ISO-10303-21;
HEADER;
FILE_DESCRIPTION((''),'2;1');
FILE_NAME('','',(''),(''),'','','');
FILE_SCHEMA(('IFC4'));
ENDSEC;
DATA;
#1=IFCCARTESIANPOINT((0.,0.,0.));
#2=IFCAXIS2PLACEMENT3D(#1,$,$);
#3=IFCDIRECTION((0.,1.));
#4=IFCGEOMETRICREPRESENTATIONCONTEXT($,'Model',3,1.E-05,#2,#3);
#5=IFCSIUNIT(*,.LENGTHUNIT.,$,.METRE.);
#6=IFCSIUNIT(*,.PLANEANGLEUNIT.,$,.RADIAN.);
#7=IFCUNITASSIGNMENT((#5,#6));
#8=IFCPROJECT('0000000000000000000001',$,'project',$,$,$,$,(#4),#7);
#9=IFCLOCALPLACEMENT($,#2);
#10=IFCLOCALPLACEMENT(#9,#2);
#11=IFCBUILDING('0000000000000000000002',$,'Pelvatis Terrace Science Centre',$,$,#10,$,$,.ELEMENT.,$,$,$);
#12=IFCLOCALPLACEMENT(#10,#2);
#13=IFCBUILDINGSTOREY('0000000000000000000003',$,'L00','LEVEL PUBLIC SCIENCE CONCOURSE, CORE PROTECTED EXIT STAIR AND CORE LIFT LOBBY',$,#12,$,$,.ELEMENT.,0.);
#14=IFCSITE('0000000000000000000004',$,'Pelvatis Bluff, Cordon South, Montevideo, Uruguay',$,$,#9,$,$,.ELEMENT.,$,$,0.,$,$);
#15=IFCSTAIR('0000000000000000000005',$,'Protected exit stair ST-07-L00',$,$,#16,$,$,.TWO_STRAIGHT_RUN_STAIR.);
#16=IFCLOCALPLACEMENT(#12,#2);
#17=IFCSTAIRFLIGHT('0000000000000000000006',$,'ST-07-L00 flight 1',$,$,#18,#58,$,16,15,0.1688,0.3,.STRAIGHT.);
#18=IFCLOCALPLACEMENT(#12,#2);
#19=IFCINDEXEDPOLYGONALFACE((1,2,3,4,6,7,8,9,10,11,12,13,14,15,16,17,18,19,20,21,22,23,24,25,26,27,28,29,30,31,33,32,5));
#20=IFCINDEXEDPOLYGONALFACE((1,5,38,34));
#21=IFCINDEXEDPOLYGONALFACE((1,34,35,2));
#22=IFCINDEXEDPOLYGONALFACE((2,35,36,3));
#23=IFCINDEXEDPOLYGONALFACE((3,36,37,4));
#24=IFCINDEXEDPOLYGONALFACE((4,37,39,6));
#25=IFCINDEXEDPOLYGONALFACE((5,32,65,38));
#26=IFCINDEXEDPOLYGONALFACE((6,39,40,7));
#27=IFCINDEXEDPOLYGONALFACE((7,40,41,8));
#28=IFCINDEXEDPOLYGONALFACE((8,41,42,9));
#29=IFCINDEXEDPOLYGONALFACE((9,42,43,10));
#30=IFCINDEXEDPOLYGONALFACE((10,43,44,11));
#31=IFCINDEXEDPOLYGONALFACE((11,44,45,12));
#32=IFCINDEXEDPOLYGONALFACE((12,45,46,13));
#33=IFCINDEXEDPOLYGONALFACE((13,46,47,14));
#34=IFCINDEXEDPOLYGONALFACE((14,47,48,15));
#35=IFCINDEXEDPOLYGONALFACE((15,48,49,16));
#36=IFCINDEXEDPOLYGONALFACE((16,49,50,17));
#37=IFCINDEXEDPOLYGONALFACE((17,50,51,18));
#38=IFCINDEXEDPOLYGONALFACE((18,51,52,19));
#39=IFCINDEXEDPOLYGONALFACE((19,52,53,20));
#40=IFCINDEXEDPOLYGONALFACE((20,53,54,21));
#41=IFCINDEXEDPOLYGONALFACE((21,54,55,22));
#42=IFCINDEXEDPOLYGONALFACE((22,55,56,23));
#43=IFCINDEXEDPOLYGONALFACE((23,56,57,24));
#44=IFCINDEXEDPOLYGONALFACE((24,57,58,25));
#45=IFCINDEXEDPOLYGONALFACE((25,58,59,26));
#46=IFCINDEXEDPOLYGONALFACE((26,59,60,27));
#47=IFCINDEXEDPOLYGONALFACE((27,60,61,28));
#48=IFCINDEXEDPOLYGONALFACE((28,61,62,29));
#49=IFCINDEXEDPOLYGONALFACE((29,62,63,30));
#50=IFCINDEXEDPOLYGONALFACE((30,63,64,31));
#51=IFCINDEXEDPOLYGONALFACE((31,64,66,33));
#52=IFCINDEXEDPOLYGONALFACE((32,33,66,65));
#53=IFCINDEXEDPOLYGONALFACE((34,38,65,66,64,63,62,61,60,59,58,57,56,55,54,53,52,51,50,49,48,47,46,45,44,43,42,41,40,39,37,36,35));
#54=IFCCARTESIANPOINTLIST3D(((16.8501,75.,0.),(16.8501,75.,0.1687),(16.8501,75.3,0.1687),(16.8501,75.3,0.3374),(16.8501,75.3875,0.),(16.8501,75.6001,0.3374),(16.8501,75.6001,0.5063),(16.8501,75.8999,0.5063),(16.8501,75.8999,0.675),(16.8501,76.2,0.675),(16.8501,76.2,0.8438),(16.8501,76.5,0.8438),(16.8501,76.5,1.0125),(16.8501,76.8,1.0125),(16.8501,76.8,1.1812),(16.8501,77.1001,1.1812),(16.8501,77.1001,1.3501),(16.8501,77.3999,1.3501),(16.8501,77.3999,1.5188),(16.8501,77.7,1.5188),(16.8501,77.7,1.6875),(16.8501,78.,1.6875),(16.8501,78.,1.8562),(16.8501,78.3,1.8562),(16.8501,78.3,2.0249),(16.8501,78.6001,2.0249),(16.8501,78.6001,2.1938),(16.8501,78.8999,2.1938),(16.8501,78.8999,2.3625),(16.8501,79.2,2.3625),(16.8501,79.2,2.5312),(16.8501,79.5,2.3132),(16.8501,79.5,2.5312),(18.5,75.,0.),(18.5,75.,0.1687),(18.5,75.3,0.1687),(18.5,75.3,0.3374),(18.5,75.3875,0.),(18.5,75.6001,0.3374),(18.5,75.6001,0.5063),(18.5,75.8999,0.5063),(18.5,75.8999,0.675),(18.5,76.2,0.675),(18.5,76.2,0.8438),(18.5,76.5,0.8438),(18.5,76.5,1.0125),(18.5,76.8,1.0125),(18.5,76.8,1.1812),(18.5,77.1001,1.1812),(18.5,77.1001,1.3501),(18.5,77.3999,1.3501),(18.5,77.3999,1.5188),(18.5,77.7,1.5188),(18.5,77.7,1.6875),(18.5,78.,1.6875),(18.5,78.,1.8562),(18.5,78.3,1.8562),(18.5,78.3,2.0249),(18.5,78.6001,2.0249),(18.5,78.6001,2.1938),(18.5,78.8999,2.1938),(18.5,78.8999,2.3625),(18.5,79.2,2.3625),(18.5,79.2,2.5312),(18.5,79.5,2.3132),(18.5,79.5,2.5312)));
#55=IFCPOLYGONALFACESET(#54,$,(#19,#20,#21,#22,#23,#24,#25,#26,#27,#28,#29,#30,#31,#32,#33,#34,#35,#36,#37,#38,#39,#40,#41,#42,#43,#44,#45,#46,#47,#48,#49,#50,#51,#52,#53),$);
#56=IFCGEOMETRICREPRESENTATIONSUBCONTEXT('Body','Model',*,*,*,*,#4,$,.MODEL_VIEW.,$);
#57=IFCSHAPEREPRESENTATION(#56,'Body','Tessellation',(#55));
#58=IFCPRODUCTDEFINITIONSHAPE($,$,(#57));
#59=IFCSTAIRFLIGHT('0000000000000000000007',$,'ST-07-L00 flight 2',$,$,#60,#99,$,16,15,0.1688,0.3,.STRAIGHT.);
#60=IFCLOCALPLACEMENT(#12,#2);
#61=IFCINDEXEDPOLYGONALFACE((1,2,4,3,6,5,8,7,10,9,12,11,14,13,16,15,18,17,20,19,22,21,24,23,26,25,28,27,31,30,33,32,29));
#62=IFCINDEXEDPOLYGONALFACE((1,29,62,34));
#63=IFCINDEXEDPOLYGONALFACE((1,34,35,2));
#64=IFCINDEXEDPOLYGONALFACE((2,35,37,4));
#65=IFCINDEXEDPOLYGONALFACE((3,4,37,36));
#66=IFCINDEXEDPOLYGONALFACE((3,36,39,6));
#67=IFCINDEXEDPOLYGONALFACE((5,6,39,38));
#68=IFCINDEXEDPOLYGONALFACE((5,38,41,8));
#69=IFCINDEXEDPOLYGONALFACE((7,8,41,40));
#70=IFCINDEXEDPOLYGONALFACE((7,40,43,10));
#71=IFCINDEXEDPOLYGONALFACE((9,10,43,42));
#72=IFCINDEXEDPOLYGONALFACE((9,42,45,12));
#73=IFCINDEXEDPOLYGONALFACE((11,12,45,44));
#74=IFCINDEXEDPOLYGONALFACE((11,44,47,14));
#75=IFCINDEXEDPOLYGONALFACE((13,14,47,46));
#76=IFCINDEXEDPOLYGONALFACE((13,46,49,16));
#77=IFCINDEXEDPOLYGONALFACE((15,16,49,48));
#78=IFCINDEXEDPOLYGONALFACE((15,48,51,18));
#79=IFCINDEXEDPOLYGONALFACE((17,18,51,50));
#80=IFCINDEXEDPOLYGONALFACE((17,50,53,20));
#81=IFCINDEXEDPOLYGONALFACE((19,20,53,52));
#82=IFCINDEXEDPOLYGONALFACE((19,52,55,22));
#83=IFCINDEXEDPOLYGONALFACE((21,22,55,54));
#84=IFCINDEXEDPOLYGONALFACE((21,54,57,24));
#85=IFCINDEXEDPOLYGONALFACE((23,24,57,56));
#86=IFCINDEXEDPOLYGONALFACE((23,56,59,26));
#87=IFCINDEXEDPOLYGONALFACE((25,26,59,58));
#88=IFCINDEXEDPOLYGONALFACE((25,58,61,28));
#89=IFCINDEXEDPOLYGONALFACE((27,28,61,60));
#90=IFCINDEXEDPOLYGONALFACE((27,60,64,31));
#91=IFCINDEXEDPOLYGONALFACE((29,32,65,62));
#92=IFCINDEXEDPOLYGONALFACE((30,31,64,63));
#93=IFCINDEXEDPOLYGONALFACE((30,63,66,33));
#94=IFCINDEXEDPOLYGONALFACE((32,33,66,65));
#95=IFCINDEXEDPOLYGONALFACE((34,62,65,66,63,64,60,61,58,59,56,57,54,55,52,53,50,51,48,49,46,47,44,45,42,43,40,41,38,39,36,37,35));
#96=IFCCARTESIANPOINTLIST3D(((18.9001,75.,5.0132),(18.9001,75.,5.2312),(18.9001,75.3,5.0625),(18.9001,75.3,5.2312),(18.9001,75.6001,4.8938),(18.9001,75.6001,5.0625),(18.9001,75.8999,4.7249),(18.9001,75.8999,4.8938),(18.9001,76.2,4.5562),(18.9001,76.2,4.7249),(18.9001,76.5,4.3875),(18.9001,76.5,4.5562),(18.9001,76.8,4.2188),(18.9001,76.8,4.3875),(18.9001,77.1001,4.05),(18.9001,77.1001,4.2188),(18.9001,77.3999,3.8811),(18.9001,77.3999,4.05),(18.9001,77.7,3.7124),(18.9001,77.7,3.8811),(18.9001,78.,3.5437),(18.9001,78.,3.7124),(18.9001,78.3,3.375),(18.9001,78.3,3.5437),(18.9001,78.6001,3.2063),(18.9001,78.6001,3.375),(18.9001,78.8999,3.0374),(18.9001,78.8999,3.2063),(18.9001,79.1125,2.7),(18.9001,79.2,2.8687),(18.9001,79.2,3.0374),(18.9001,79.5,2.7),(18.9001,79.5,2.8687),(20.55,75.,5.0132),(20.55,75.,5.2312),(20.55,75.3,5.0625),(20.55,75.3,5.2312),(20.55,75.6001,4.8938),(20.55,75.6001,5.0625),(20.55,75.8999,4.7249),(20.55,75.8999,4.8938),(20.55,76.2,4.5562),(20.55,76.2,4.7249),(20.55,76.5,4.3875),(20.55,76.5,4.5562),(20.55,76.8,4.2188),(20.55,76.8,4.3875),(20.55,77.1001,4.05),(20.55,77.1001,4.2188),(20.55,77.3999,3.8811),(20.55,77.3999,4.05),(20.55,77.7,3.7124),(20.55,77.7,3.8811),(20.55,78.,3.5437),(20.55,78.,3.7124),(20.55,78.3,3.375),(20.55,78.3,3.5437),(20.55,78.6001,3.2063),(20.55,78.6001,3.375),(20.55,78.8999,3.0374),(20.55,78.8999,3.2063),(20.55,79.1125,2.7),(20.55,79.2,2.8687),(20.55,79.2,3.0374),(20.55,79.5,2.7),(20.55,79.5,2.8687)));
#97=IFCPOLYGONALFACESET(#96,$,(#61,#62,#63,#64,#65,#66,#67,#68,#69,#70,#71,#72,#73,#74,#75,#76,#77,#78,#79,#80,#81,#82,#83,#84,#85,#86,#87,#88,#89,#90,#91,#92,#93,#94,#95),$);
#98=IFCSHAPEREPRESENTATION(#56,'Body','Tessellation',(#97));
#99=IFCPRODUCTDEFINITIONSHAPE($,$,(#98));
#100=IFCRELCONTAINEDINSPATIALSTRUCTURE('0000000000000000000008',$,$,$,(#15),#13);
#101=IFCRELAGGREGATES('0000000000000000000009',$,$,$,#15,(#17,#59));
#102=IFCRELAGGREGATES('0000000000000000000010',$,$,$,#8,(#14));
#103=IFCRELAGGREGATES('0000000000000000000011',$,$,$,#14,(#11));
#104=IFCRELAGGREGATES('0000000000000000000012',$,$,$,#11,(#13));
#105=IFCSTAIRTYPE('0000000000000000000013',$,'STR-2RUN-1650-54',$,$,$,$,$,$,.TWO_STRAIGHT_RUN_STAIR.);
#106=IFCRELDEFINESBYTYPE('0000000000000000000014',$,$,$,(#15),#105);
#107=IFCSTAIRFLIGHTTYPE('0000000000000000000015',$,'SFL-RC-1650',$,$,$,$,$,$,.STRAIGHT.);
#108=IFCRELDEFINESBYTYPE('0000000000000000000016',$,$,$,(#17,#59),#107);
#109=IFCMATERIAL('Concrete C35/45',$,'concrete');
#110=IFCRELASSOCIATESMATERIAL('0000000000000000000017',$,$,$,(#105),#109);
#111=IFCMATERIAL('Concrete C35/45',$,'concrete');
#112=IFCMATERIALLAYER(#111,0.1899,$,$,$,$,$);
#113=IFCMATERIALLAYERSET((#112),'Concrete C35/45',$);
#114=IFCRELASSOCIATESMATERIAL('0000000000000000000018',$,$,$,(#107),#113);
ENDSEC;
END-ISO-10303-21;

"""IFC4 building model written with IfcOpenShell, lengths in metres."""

from ifc_helpers import new_model, si_unit, direction, frame, origin, place, context, subcontext, project, spatial, polyline, outline, extrude, material, layer, layer_set, type_object, element, aggregate, save


model = new_model("IFC4")

# Units and contexts
model_context = context("Model", 3, precision=1e-05, world=origin(), true_north=direction((0.0, 1.0)))
body_context = subcontext(model_context, "Body", "Model", "MODEL_VIEW")
ifc_project = project(units=[si_unit("LENGTHUNIT", "METRE"), si_unit("PLANEANGLEUNIT", "RADIAN")], contexts=[model_context])

# Site, building, storey
site_placement = place(None, origin())
site = spatial("IfcSite", under=ifc_project, at=site_placement, Name="Pelvatis Bluff, Cordon South, Montevideo, Uruguay", CompositionType="ELEMENT", RefElevation=0.0)
building_placement = place(site_placement, origin())
building = spatial("IfcBuilding", under=site, at=building_placement, Name="Pelvatis Terrace Science Centre", CompositionType="ELEMENT")
storey_placement = place(building_placement, origin())
storey = spatial("IfcBuildingStorey", under=building, at=storey_placement, Name="L00", Description="LEVEL PUBLIC SCIENCE CONCOURSE, CORE PROTECTED EXIT STAIR AND CORE LIFT LOBBY", CompositionType="ELEMENT", Elevation=0.0)

# Stair, stair flights
ifc_material_1 = material(Name="Concrete C35/45", Category="concrete")
stair_type = type_object("IfcStairType", Name="STR-2RUN-1650-54", PredefinedType="TWO_STRAIGHT_RUN_STAIR", material=ifc_material_1)
stair_placement = place(storey_placement, origin())
stair = element("IfcStair", 1, at=stair_placement, inside=storey, type_object=stair_type, Name="Protected exit stair ST-07-L00", PredefinedType="TWO_STRAIGHT_RUN_STAIR")
ifc_material_2 = material(Name="Concrete C35/45", Category="concrete")
ifc_layer_1 = layer(ifc_material_2, 0.1899)
ifc_layer_set_1 = layer_set([ifc_layer_1], Name="Concrete C35/45")
stair_flight_type = type_object("IfcStairFlightType", Name="SFL-RC-1650", PredefinedType="STRAIGHT", material=ifc_layer_set_1)
stair_flight_1_placement = place(storey_placement, frame((17.675, 75.0, 0.0), z_axis=(0.0, 0.0, 1.0), x_axis=(0.0, 1.0, 0.0)))
stair_flight_1 = element("IfcStairFlight", 2, at=stair_flight_1_placement, type_object=stair_flight_type, Name="ST-07-L00 flight 1", NumberOfRisers=16, NumberOfTreads=15, PredefinedType="STRAIGHT", RiserHeight=0.1688, TreadLength=0.3, context=body_context, shape_type="SweptSolid", body=[
    extrude(outline(polyline([(0.0, 0.0), (0.0, 0.1687), (0.3, 0.1687), (0.3, 0.3374), (0.6001, 0.3374), (0.6001, 0.5063), (0.8999, 0.5063), (0.8999, 0.675), (1.2, 0.675), (1.2, 0.8438), (1.5, 0.8438), (1.5, 1.0125), (1.8, 1.0125), (1.8, 1.1812), (2.1001, 1.1812), (2.1001, 1.3501), (2.3999, 1.3501), (2.3999, 1.5188), (2.7, 1.5188), (2.7, 1.6875), (3.0, 1.6875), (3.0, 1.8562), (3.3, 1.8562), (3.3, 2.0249), (3.6001, 2.0249), (3.6001, 2.1938), (3.8999, 2.1938), (3.8999, 2.3625), (4.2, 2.3625), (4.2, 2.5312), (4.5, 2.5312), (4.5, 2.7), (4.5, 2.3132), (0.3875, 0.0), (0.0, 0.0)])), frame((0.0, 0.825, 0.0), z_axis=(0.0, -1.0, 0.0), x_axis=(1.0, 0.0, 0.0)), (0.0, 0.0, 1.0), 1.6499),
])
stair_flight_2_placement = place(storey_placement, frame((19.7251, 79.5, 2.7), z_axis=(0.0, 0.0, 1.0), x_axis=(0.0, -1.0, 0.0)))
stair_flight_2 = element("IfcStairFlight", 3, at=stair_flight_2_placement, type_object=stair_flight_type, Name="ST-07-L00 flight 2", NumberOfRisers=16, NumberOfTreads=15, PredefinedType="STRAIGHT", RiserHeight=0.1688, TreadLength=0.3, context=body_context, shape_type="SweptSolid", body=[
    extrude(outline(polyline([(0.0, 0.0), (0.0, 0.1687), (0.3, 0.1687), (0.3, 0.3374), (0.6001, 0.3374), (0.6001, 0.5063), (0.8999, 0.5063), (0.8999, 0.675), (1.2, 0.675), (1.2, 0.8438), (1.5, 0.8438), (1.5, 1.0125), (1.8, 1.0125), (1.8, 1.1812), (2.1001, 1.1812), (2.1001, 1.3501), (2.3999, 1.3501), (2.3999, 1.5188), (2.7, 1.5188), (2.7, 1.6875), (3.0, 1.6875), (3.0, 1.8562), (3.3, 1.8562), (3.3, 2.0249), (3.6001, 2.0249), (3.6001, 2.1938), (3.8999, 2.1938), (3.8999, 2.3625), (4.2, 2.3625), (4.2, 2.5312), (4.5, 2.5312), (4.5, 2.7), (4.5, 2.3132), (0.3875, 0.0), (0.0, 0.0)])), frame((0.0, 0.825, 0.0), z_axis=(0.0, -1.0, 0.0), x_axis=(1.0, 0.0, 0.0)), (0.0, 0.0, 1.0), 1.6499),
])
aggregate(stair, [stair_flight_1, stair_flight_2])

save(model, "model.ifc")
